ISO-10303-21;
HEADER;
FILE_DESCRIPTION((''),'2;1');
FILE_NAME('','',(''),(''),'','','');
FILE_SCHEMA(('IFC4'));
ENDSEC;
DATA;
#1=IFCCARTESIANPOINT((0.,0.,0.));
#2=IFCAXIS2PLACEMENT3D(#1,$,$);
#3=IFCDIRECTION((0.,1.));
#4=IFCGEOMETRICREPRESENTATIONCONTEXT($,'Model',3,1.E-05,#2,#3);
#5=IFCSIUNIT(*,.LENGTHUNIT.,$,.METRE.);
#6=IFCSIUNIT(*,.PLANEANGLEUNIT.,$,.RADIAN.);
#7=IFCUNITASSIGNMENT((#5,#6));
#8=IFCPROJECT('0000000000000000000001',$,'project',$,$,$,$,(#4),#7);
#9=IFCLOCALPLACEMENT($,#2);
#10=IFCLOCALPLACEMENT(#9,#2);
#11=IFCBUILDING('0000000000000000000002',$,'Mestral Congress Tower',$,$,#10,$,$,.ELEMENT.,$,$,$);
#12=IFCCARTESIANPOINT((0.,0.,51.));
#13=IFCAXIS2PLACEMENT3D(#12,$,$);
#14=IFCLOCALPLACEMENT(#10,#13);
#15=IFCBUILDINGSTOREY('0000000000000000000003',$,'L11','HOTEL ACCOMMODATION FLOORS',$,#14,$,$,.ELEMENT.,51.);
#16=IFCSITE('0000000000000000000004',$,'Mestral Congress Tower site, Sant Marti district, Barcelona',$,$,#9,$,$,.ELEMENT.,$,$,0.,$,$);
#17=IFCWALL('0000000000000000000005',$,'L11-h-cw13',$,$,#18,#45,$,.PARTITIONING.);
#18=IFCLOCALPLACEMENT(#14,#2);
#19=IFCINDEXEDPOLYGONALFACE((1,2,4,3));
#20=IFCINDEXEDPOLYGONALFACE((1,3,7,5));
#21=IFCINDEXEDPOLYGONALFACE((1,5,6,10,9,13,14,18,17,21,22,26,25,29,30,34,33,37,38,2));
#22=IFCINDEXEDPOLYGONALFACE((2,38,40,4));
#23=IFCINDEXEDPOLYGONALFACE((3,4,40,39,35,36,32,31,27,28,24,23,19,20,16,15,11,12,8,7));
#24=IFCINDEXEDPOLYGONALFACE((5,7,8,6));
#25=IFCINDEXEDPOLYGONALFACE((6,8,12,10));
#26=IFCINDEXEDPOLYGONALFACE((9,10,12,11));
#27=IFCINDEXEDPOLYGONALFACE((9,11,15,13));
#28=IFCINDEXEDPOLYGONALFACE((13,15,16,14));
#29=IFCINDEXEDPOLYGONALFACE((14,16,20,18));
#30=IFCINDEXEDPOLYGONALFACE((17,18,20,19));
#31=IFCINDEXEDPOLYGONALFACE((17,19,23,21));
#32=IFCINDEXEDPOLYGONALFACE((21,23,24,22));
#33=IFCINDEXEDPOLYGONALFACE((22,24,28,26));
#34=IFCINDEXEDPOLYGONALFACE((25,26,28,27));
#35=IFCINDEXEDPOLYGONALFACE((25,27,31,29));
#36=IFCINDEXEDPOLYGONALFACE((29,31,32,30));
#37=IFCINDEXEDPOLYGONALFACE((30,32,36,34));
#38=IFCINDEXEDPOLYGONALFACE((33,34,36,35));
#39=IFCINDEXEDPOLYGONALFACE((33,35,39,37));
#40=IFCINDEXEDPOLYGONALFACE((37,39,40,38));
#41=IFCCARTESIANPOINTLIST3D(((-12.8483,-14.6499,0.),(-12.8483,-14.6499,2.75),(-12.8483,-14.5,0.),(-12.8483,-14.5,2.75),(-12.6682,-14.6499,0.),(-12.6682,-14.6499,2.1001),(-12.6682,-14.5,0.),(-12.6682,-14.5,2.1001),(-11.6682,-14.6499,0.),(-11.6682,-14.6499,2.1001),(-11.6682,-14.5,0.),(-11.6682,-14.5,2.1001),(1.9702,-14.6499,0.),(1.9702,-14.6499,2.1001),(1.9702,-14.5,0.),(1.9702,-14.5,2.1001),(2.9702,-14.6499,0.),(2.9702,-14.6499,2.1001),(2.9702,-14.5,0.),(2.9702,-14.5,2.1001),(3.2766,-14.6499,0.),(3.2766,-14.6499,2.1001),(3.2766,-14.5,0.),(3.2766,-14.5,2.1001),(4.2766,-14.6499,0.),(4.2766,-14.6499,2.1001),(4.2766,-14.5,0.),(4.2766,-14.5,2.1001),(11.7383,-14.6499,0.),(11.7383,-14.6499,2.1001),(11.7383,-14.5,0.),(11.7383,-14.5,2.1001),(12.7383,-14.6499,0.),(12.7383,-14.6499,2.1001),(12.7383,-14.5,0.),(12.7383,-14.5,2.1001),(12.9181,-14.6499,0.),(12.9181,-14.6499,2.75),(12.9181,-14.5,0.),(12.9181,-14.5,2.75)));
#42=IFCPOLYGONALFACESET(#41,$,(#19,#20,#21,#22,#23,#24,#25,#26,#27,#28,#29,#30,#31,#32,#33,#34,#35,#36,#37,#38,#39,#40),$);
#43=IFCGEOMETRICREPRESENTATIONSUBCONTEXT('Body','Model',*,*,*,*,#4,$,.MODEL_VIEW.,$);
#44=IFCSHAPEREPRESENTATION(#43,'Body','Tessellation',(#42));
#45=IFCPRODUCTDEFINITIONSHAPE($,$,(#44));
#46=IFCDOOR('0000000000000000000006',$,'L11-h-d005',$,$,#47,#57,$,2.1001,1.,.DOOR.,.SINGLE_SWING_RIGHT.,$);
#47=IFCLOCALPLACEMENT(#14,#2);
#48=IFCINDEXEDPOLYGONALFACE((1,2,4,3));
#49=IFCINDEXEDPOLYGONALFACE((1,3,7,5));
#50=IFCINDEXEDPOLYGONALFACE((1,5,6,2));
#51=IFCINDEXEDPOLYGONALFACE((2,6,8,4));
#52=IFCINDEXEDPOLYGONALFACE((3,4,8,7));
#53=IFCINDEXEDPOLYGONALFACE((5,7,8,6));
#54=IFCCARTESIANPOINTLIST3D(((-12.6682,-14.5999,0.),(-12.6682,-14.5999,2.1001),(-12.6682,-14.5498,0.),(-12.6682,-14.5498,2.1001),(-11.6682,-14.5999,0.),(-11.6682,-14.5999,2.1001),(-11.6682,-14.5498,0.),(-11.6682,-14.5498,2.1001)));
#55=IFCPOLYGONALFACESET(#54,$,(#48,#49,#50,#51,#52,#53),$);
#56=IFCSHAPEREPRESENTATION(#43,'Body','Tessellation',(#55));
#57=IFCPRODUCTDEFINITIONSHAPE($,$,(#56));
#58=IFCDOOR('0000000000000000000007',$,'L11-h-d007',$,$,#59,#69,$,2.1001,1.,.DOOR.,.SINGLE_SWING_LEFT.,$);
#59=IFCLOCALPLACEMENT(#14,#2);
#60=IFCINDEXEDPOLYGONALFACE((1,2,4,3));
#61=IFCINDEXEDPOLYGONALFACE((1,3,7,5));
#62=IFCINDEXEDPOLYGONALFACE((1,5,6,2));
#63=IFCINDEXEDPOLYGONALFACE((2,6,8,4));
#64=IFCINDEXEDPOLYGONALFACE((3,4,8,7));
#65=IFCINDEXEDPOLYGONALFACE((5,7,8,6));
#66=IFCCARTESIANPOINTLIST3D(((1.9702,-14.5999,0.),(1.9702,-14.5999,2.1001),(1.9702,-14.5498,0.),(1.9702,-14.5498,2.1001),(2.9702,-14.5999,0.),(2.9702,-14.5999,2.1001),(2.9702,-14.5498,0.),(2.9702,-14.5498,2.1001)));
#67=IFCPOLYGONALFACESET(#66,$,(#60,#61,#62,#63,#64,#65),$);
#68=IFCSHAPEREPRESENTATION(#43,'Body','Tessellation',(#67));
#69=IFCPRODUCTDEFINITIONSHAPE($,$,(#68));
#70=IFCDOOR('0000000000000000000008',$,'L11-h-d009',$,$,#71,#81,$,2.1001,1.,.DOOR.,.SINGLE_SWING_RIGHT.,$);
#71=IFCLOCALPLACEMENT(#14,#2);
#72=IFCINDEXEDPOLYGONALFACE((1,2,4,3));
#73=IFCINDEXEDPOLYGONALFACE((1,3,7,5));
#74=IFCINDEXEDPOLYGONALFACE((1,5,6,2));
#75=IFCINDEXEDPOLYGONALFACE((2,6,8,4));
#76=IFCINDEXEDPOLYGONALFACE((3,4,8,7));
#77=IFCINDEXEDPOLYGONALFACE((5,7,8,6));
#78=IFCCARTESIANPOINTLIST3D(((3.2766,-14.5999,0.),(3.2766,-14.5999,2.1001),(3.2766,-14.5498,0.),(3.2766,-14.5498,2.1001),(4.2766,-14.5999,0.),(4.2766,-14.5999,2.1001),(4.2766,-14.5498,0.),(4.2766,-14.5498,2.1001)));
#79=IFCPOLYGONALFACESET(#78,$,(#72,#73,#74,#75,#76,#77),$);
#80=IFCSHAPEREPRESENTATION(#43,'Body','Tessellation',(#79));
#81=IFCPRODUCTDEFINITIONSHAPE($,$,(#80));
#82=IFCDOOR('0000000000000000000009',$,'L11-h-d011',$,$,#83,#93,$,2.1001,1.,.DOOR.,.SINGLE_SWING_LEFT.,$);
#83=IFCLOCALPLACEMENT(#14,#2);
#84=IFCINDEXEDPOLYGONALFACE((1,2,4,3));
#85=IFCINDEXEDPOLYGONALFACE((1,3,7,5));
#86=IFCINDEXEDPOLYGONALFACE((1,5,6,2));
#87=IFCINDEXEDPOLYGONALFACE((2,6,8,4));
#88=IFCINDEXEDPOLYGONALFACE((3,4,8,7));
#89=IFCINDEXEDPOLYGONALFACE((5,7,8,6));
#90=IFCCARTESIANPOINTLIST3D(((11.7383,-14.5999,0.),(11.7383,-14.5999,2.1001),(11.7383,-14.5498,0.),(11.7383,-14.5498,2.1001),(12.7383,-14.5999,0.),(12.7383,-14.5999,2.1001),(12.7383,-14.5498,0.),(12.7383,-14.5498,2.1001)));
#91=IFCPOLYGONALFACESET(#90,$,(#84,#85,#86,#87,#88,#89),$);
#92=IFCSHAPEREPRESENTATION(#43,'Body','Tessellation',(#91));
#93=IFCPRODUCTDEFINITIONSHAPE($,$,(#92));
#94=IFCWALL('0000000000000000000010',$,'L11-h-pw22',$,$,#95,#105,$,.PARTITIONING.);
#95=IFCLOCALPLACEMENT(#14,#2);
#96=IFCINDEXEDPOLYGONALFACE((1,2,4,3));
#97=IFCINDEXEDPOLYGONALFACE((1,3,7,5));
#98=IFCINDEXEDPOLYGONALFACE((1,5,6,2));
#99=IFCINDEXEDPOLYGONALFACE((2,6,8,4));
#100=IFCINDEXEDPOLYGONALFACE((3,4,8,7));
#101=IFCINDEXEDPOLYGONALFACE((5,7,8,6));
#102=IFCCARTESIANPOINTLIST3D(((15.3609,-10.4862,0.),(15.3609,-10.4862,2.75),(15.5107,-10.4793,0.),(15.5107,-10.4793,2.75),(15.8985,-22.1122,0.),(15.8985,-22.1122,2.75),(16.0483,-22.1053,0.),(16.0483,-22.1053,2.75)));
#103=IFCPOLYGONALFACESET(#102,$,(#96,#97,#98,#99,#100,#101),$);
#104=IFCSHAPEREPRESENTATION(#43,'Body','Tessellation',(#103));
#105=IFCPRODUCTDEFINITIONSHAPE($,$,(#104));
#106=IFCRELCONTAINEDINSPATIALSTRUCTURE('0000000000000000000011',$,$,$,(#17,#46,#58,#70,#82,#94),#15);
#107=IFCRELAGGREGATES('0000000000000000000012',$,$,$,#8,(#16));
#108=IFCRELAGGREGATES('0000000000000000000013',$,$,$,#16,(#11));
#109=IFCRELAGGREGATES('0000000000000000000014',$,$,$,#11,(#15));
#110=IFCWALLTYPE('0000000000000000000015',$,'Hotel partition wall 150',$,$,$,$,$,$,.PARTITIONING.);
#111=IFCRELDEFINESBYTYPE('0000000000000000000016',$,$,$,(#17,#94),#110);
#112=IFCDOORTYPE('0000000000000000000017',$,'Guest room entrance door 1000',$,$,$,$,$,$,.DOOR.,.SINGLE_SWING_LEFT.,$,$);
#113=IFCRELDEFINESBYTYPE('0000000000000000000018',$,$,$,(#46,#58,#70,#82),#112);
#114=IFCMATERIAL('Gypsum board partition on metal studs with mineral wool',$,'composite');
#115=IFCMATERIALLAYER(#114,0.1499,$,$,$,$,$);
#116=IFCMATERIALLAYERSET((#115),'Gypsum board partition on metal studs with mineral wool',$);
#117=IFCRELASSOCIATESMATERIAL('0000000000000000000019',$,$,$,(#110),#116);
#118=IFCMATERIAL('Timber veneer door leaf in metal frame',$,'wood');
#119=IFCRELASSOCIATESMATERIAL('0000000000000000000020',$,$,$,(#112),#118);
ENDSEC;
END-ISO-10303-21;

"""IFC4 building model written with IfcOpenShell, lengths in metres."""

from ifc_helpers import new_model, si_unit, direction, frame, frame_2d, origin, place, context, subcontext, project, spatial, rectangle, extrude, material, layer, layer_set, type_object, element, fill, save


model = new_model("IFC4")

# Units and contexts
model_context = context("Model", 3, precision=1e-05, world=origin(), true_north=direction((0.0, 1.0)))
body_context = subcontext(model_context, "Body", "Model", "MODEL_VIEW")
ifc_project = project(units=[si_unit("LENGTHUNIT", "METRE"), si_unit("PLANEANGLEUNIT", "RADIAN")], contexts=[model_context])

# Site, building, storey
site_placement = place(None, origin())
site = spatial("IfcSite", under=ifc_project, at=site_placement, Name="Mestral Congress Tower site, Sant Marti district, Barcelona", CompositionType="ELEMENT", RefElevation=0.0)
building_placement = place(site_placement, origin())
building = spatial("IfcBuilding", under=site, at=building_placement, Name="Mestral Congress Tower", CompositionType="ELEMENT")
storey_placement = place(building_placement, frame((0.0, 0.0, 51.0)))
storey = spatial("IfcBuildingStorey", under=building, at=storey_placement, Name="L11", Description="HOTEL ACCOMMODATION FLOORS", CompositionType="ELEMENT", Elevation=51.0)

# Shared definitions
ifc_material_1 = material(Name="Gypsum board partition on metal studs with mineral wool", Category="composite")

# Wall, openings, doors
ifc_layer_1 = layer(ifc_material_1, 0.1499)
ifc_layer_set_1 = layer_set([ifc_layer_1], Name="Gypsum board partition on metal studs with mineral wool")
wall_type_1 = type_object("IfcWallType", Name="Hotel partition wall 150", PredefinedType="PARTITIONING", material=ifc_layer_set_1)
wall_1_placement = place(storey_placement, frame((12.9182, -14.575, 0.0), z_axis=(0.0, 0.0, 1.0), x_axis=(-1.0, 0.0, 0.0)))
wall_1 = element("IfcWall", 1, at=wall_1_placement, inside=storey, type_object=wall_type_1, Name="L11-h-cw13", PredefinedType="PARTITIONING", context=body_context, shape_type="SweptSolid", body=[
    extrude(rectangle(XDim=25.7664, YDim=0.1499, at=frame_2d((12.8833, 0.0))), origin(), (0.0, 0.0, 1.0), 2.75),
])
opening_1_placement = place(wall_1_placement, frame((24.5864, 0.0, 0.0)))
opening_1 = element("IfcOpeningElement", 2, at=opening_1_placement, cuts=wall_1, PredefinedType="OPENING", context=body_context, shape_type="SweptSolid", body=[
    extrude(rectangle(XDim=1.0, YDim=2.1001, at=frame_2d((0.5, 1.05))), frame((0.0, 0.085, 0.0), z_axis=(0.0, -1.0, 0.0), x_axis=(1.0, 0.0, 0.0)), (0.0, 0.0, 1.0), 0.1699),
])
opening_2_placement = place(wall_1_placement, frame((9.948, 0.0, 0.0)))
opening_2 = element("IfcOpeningElement", 3, at=opening_2_placement, cuts=wall_1, PredefinedType="OPENING", context=body_context, shape_type="SweptSolid", body=[
    extrude(rectangle(XDim=1.0, YDim=2.1001, at=frame_2d((0.5, 1.05))), frame((0.0, 0.085, 0.0), z_axis=(0.0, -1.0, 0.0), x_axis=(1.0, 0.0, 0.0)), (0.0, 0.0, 1.0), 0.1699),
])
opening_3_placement = place(wall_1_placement, frame((8.6416, 0.0, 0.0)))
opening_3 = element("IfcOpeningElement", 4, at=opening_3_placement, cuts=wall_1, PredefinedType="OPENING", context=body_context, shape_type="SweptSolid", body=[
    extrude(rectangle(XDim=1.0, YDim=2.1001, at=frame_2d((0.5, 1.05))), frame((0.0, 0.085, 0.0), z_axis=(0.0, -1.0, 0.0), x_axis=(1.0, 0.0, 0.0)), (0.0, 0.0, 1.0), 0.1699),
])
opening_4_placement = place(wall_1_placement, frame((0.1799, 0.0, 0.0)))
opening_4 = element("IfcOpeningElement", 5, at=opening_4_placement, cuts=wall_1, PredefinedType="OPENING", context=body_context, shape_type="SweptSolid", body=[
    extrude(rectangle(XDim=1.0, YDim=2.1001, at=frame_2d((0.5, 1.05))), frame((0.0, 0.085, 0.0), z_axis=(0.0, -1.0, 0.0), x_axis=(1.0, 0.0, 0.0)), (0.0, 0.0, 1.0), 0.1699),
])
ifc_material_2 = material(Name="Timber veneer door leaf in metal frame", Category="wood")
door_type_1 = type_object("IfcDoorType", Name="Guest room entrance door 1000", OperationType="SINGLE_SWING_LEFT", PredefinedType="DOOR", material=ifc_material_2)
door_1_placement = place(opening_1_placement, origin())
door_1 = element("IfcDoor", 6, at=door_1_placement, inside=storey, type_object=door_type_1, Name="L11-h-d005", OperationType="SINGLE_SWING_RIGHT", OverallHeight=2.1001, OverallWidth=1.0, PredefinedType="DOOR", context=body_context, shape_type="SweptSolid", body=[
    extrude(rectangle(XDim=1.0, YDim=2.1001, at=frame_2d((0.5, 1.05))), frame((0.0, 0.0249, 0.0), z_axis=(0.0, -1.0, 0.0), x_axis=(1.0, 0.0, 0.0)), (0.0, 0.0, 1.0), 0.05),
])
fill(opening_1, door_1)
door_2_placement = place(opening_2_placement, origin())
door_2 = element("IfcDoor", 7, at=door_2_placement, inside=storey, type_object=door_type_1, Name="L11-h-d007", OperationType="SINGLE_SWING_LEFT", OverallHeight=2.1001, OverallWidth=1.0, PredefinedType="DOOR", context=body_context, shape_type="SweptSolid", body=[
    extrude(rectangle(XDim=1.0, YDim=2.1001, at=frame_2d((0.5, 1.05))), frame((0.0, 0.0249, 0.0), z_axis=(0.0, -1.0, 0.0), x_axis=(1.0, 0.0, 0.0)), (0.0, 0.0, 1.0), 0.05),
])
fill(opening_2, door_2)
door_3_placement = place(opening_3_placement, origin())
door_3 = element("IfcDoor", 8, at=door_3_placement, inside=storey, type_object=door_type_1, Name="L11-h-d009", OperationType="SINGLE_SWING_RIGHT", OverallHeight=2.1001, OverallWidth=1.0, PredefinedType="DOOR", context=body_context, shape_type="SweptSolid", body=[
    extrude(rectangle(XDim=1.0, YDim=2.1001, at=frame_2d((0.5, 1.05))), frame((0.0, 0.0249, 0.0), z_axis=(0.0, -1.0, 0.0), x_axis=(1.0, 0.0, 0.0)), (0.0, 0.0, 1.0), 0.05),
])
fill(opening_3, door_3)
door_4_placement = place(opening_4_placement, origin())
door_4 = element("IfcDoor", 9, at=door_4_placement, inside=storey, type_object=door_type_1, Name="L11-h-d011", OperationType="SINGLE_SWING_LEFT", OverallHeight=2.1001, OverallWidth=1.0, PredefinedType="DOOR", context=body_context, shape_type="SweptSolid", body=[
    extrude(rectangle(XDim=1.0, YDim=2.1001, at=frame_2d((0.5, 1.05))), frame((0.0, 0.0249, 0.0), z_axis=(0.0, -1.0, 0.0), x_axis=(1.0, 0.0, 0.0)), (0.0, 0.0, 1.0), 0.05),
])
fill(opening_4, door_4)

# Wall
wall_2_placement = place(storey_placement, frame((15.9734, -22.1089, 0.0), z_axis=(0.0, 0.0, 1.0), x_axis=(-0.046192, 0.998933, 0.0)))
element("IfcWall", 10, at=wall_2_placement, inside=storey, type_object=wall_type_1, Name="L11-h-pw22", PredefinedType="PARTITIONING", context=body_context, shape_type="SweptSolid", body=[
    extrude(rectangle(XDim=11.6384, YDim=0.1499, at=frame_2d((5.8193, 0.0))), origin(), (0.0, 0.0, 1.0), 2.75),
])

save(model, "model.ifc")
